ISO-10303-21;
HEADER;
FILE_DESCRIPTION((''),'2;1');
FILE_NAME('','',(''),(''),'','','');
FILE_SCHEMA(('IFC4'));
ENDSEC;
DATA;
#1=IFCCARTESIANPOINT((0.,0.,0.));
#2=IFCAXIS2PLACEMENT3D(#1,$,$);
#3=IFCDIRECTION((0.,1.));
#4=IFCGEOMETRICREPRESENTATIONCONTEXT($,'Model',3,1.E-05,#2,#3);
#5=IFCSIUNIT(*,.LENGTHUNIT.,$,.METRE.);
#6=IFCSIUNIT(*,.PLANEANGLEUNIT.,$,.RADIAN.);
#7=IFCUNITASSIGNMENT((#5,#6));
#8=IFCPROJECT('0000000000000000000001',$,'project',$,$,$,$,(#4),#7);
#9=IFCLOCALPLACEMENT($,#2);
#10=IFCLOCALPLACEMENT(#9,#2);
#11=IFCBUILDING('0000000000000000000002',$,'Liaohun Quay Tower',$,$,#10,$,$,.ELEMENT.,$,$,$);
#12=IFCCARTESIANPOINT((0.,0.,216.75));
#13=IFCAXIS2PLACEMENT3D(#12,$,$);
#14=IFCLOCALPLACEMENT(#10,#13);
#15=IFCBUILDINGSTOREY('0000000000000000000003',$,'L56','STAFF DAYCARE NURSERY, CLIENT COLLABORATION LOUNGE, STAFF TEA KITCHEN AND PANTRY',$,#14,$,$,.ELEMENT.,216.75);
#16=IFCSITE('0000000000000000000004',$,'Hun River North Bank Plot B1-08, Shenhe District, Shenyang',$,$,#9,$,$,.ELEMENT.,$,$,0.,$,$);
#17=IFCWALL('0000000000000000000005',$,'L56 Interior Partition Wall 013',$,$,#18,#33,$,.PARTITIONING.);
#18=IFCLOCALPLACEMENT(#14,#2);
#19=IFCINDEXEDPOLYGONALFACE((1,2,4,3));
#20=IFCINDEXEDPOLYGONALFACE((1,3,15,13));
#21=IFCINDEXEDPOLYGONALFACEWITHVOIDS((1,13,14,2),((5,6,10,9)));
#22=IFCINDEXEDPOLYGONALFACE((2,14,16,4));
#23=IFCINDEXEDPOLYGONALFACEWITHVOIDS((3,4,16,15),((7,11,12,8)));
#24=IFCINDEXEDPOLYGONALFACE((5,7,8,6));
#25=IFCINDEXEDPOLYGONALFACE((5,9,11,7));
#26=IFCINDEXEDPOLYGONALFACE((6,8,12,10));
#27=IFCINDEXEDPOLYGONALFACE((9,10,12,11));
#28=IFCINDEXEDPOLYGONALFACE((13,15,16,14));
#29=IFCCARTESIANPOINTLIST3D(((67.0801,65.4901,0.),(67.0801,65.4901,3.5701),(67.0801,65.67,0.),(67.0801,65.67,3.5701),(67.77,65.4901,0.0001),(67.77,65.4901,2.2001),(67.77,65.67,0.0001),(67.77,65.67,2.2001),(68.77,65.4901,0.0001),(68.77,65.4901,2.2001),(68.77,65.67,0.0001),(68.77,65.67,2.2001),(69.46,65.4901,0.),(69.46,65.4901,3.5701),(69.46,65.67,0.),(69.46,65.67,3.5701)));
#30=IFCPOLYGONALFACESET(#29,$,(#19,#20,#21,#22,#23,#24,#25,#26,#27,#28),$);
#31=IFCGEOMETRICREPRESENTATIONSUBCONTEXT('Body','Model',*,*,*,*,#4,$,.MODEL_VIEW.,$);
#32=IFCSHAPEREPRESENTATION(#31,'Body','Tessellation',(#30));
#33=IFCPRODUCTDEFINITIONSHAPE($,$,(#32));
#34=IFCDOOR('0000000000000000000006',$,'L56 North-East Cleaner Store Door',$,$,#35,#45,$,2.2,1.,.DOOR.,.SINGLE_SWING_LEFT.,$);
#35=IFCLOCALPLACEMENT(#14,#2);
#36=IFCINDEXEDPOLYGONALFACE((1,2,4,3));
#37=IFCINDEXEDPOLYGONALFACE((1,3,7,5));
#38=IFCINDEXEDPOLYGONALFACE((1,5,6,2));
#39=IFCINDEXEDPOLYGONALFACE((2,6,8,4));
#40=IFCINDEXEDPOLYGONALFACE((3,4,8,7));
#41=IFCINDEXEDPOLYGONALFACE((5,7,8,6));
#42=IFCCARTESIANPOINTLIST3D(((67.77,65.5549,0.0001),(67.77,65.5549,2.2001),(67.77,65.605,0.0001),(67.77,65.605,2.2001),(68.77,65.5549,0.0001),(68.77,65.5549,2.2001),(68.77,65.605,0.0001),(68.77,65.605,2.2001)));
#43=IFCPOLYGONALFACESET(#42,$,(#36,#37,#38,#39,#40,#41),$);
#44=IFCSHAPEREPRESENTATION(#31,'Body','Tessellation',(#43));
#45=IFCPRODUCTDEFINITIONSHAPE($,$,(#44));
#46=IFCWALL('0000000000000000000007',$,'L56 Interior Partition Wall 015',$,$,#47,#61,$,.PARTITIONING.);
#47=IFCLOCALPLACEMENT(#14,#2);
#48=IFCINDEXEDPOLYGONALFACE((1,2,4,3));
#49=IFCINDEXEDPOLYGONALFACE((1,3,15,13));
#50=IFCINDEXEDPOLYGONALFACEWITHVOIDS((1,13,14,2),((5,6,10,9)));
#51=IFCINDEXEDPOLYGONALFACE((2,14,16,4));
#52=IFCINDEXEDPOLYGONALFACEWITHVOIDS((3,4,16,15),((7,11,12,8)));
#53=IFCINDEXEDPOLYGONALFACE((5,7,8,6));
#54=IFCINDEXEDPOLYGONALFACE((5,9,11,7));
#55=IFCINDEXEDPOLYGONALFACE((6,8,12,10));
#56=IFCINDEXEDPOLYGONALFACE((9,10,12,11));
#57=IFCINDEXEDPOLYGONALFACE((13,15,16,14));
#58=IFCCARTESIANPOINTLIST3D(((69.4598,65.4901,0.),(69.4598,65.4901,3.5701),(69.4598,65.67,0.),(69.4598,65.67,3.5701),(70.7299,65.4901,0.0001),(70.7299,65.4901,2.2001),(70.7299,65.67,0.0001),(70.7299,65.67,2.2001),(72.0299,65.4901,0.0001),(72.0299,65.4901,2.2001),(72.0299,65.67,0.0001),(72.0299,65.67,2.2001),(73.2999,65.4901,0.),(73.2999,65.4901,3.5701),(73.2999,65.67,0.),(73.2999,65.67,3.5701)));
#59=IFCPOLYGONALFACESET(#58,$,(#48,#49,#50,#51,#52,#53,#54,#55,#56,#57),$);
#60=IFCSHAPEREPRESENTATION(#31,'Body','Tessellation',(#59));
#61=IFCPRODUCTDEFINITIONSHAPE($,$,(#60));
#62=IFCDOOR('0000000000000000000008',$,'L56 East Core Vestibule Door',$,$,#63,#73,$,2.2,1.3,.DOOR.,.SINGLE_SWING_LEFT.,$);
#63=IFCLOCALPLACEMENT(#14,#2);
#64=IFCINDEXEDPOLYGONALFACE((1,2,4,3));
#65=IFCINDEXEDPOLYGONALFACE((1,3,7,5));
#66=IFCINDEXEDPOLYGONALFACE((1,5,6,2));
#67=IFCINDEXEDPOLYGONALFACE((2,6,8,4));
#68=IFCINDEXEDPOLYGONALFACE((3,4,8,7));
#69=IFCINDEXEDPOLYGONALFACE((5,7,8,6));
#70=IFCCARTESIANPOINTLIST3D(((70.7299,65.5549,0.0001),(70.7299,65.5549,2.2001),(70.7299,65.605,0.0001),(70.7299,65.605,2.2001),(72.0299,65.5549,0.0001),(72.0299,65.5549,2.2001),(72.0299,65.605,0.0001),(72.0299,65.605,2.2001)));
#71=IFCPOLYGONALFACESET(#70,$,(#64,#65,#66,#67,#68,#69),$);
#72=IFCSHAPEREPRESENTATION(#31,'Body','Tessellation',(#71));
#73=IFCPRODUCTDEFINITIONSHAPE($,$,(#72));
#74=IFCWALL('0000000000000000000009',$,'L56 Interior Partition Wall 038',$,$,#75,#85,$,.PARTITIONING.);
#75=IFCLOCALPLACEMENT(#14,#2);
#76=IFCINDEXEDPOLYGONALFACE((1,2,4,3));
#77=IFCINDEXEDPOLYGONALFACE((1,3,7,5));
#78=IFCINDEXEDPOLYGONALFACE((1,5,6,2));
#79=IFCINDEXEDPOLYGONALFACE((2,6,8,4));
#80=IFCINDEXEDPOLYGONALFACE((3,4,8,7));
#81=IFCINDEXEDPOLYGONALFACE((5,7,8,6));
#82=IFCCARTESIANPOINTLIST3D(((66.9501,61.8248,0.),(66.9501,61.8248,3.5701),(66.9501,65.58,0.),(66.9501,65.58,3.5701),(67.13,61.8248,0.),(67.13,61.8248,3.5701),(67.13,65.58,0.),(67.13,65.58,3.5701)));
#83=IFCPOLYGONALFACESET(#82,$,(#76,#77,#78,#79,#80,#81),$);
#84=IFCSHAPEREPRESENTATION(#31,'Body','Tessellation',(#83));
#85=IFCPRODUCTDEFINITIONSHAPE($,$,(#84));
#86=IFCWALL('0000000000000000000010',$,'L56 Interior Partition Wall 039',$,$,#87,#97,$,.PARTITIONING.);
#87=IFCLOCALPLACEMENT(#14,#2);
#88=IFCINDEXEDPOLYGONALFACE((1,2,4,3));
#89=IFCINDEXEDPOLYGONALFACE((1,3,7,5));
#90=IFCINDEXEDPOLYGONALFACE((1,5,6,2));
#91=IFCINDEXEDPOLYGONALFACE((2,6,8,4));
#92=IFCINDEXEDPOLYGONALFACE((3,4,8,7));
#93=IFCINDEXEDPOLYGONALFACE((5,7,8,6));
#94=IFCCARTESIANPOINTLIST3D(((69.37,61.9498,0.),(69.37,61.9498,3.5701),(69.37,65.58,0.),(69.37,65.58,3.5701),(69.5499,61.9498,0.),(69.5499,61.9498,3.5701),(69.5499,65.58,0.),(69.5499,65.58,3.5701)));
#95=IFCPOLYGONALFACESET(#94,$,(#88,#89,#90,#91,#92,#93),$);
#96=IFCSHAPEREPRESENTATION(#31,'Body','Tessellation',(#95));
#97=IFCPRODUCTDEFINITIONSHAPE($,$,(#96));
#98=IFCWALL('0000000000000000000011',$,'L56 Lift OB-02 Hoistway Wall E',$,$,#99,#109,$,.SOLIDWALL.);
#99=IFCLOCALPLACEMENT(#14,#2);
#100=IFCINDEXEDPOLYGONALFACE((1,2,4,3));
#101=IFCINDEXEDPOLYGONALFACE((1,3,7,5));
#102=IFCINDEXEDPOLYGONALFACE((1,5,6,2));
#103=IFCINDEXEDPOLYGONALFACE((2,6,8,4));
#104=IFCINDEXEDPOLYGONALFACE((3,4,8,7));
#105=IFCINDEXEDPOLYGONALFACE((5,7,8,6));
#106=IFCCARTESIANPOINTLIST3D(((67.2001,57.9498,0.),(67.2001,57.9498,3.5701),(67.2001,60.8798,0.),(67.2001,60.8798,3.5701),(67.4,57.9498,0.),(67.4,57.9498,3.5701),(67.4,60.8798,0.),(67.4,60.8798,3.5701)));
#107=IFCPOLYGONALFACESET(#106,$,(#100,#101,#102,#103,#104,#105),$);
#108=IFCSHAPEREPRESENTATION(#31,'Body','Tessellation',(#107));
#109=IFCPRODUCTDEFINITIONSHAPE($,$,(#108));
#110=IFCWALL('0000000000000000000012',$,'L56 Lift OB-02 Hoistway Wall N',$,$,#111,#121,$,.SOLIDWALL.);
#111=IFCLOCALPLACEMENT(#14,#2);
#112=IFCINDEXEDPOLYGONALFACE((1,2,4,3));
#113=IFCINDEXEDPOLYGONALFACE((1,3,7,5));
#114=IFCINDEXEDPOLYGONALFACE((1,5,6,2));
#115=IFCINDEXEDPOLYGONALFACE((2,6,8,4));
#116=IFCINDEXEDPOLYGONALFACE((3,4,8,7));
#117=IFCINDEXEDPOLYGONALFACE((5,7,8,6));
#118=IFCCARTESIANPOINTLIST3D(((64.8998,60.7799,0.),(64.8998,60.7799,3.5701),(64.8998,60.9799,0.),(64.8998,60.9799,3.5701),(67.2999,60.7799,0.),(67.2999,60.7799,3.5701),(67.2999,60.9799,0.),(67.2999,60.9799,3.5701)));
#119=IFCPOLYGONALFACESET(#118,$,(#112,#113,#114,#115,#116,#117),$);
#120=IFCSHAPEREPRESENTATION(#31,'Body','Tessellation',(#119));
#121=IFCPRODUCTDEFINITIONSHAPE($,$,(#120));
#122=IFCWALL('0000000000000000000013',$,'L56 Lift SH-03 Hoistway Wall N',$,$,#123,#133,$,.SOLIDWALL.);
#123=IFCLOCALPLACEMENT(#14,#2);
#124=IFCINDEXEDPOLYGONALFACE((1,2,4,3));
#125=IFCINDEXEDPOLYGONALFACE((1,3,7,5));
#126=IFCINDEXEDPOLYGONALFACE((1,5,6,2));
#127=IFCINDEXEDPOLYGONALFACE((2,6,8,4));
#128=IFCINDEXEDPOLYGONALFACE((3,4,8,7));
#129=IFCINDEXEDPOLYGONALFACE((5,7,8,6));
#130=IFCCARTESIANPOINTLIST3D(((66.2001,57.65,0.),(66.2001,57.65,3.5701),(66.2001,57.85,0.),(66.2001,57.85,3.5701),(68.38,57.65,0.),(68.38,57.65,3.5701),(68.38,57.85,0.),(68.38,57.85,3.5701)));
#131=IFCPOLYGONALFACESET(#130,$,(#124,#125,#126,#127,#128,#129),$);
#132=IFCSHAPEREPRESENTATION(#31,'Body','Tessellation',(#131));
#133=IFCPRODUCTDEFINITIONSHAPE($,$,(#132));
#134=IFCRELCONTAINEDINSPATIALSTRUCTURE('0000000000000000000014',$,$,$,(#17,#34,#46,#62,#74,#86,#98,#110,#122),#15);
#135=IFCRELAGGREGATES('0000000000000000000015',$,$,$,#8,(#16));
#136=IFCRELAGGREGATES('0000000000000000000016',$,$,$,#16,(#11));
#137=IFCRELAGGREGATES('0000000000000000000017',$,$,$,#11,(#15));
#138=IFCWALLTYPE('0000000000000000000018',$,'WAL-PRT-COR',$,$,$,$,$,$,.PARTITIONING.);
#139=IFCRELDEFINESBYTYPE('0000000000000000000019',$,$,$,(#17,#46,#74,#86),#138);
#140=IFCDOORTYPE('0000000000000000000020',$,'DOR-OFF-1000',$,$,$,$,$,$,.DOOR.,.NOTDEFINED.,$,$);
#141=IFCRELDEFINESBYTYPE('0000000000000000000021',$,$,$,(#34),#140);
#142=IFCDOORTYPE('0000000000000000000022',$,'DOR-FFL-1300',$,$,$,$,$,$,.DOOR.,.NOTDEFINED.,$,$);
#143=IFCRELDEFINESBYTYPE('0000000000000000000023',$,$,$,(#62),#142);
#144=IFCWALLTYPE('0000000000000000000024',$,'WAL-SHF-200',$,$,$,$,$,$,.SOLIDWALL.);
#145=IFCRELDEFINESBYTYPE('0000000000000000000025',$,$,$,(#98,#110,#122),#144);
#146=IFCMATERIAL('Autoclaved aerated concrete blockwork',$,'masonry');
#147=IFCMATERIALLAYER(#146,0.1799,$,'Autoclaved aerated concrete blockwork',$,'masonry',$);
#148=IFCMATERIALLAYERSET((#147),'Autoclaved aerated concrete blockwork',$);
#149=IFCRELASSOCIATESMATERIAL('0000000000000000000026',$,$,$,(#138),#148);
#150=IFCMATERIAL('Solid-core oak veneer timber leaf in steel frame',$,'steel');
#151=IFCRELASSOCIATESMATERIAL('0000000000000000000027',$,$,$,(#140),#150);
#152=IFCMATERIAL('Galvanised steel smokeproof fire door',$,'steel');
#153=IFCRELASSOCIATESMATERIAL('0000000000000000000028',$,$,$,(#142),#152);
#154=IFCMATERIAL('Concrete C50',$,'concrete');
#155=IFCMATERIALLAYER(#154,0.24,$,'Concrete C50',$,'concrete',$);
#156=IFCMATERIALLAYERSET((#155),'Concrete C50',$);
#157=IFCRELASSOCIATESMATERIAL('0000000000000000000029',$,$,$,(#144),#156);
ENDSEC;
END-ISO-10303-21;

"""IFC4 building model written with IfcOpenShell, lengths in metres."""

from ifc_helpers import new_model, si_unit, direction, frame, frame_2d, origin, place, context, subcontext, project, spatial, rectangle, extrude, source, transform, mapped, material, layer, layer_set, type_object, element, fill, save


model = new_model("IFC4")

# Units and contexts
model_context = context("Model", 3, precision=1e-05, world=origin(), true_north=direction((0.0, 1.0)))
body_context = subcontext(model_context, "Body", "Model", "MODEL_VIEW")
ifc_project = project(units=[si_unit("LENGTHUNIT", "METRE"), si_unit("PLANEANGLEUNIT", "RADIAN")], contexts=[model_context])

# Site, building, storey
site_placement = place(None, origin())
site = spatial("IfcSite", under=ifc_project, at=site_placement, Name="Hun River North Bank Plot B1-08, Shenhe District, Shenyang", CompositionType="ELEMENT", RefElevation=0.0)
building_placement = place(site_placement, origin())
building = spatial("IfcBuilding", under=site, at=building_placement, Name="Liaohun Quay Tower", CompositionType="ELEMENT")
storey_placement = place(building_placement, frame((0.0, 0.0, 216.75)))
storey = spatial("IfcBuildingStorey", under=building, at=storey_placement, Name="L56", Description="STAFF DAYCARE NURSERY, CLIENT COLLABORATION LOUNGE, STAFF TEA KITCHEN AND PANTRY", CompositionType="ELEMENT", Elevation=216.75)

# Walls, openings, doors
ifc_material_1 = material(Name="Autoclaved aerated concrete blockwork", Category="masonry")
ifc_layer_1 = layer(ifc_material_1, 0.1799, Name="Autoclaved aerated concrete blockwork", Category="masonry")
ifc_layer_set_1 = layer_set([ifc_layer_1], Name="Autoclaved aerated concrete blockwork")
wall_type_1 = type_object("IfcWallType", Name="WAL-PRT-COR", PredefinedType="PARTITIONING", material=ifc_layer_set_1)
wall_1_placement = place(storey_placement, frame((67.0801, 65.5801, 0.0), z_axis=(0.0, 0.0, 1.0), x_axis=(1.0, 0.0, 0.0)))
wall_1 = element("IfcWall", 1, at=wall_1_placement, inside=storey, type_object=wall_type_1, Name="L56 Interior Partition Wall 013", PredefinedType="PARTITIONING", context=body_context, shape_type="SweptSolid", body=[
    extrude(rectangle(XDim=2.3799, YDim=0.1799, at=frame_2d((1.1899, 0.0))), origin(), (0.0, 0.0, 1.0), 3.5701),
])
shared_shape_1 = source(origin(), body_context, "Body", "SweptSolid", [
    extrude(rectangle(XDim=1.0, YDim=2.2, at=frame_2d((0.5, 1.1001))), frame((0.0, 0.0999, 0.0), z_axis=(0.0, -1.0, 0.0), x_axis=(1.0, 0.0, 0.0)), (0.0, 0.0, 1.0), 0.2),
])
opening_1_placement = place(wall_1_placement, frame((0.6899, 0.0, 0.0)))
opening_1 = element("IfcOpeningElement", 2, at=opening_1_placement, cuts=wall_1, PredefinedType="OPENING", context=body_context, shape_type="MappedRepresentation", body=[
    mapped(shared_shape_1, transform((0.0, 0.0, 0.0), x_axis=(1.0, 0.0, 0.0), y_axis=(0.0, 1.0, 0.0), z_axis=(0.0, 0.0, 1.0), scale=1.0)),
])
ifc_material_2 = material(Name="Solid-core oak veneer timber leaf in steel frame", Category="steel")
door_type_1 = type_object("IfcDoorType", Name="DOR-OFF-1000", OperationType="NOTDEFINED", PredefinedType="DOOR", material=ifc_material_2)
shared_shape_2 = source(origin(), body_context, "Body", "SweptSolid", [
    extrude(rectangle(XDim=1.0, YDim=2.2, at=frame_2d((0.5, 1.1001))), frame((0.0, 0.0249, 0.0), z_axis=(0.0, -1.0, 0.0), x_axis=(1.0, 0.0, 0.0)), (0.0, 0.0, 1.0), 0.05),
])
door_1_placement = place(opening_1_placement, origin())
door_1 = element("IfcDoor", 3, at=door_1_placement, inside=storey, type_object=door_type_1, Name="L56 North-East Cleaner Store Door", OperationType="SINGLE_SWING_LEFT", OverallHeight=2.2, OverallWidth=1.0, PredefinedType="DOOR", context=body_context, shape_type="MappedRepresentation", body=[
    mapped(shared_shape_2, transform((0.0, 0.0, 0.0), x_axis=(1.0, 0.0, 0.0), y_axis=(0.0, 1.0, 0.0), z_axis=(0.0, 0.0, 1.0), scale=1.0)),
])
fill(opening_1, door_1)
wall_2_placement = place(storey_placement, frame((69.46, 65.5801, 0.0), z_axis=(0.0, 0.0, 1.0), x_axis=(1.0, 0.0, 0.0)))
wall_2 = element("IfcWall", 4, at=wall_2_placement, inside=storey, type_object=wall_type_1, Name="L56 Interior Partition Wall 015", PredefinedType="PARTITIONING", context=body_context, shape_type="SweptSolid", body=[
    extrude(rectangle(XDim=3.8401, YDim=0.1799, at=frame_2d((1.9199, 0.0))), origin(), (0.0, 0.0, 1.0), 3.5701),
])
shared_shape_3 = source(origin(), body_context, "Body", "SweptSolid", [
    extrude(rectangle(XDim=1.3, YDim=2.2, at=frame_2d((0.6499, 1.1001))), frame((0.0, 0.0999, 0.0), z_axis=(0.0, -1.0, 0.0), x_axis=(1.0, 0.0, 0.0)), (0.0, 0.0, 1.0), 0.2),
])
opening_2_placement = place(wall_2_placement, frame((1.27, 0.0, 0.0)))
opening_2 = element("IfcOpeningElement", 5, at=opening_2_placement, cuts=wall_2, PredefinedType="OPENING", context=body_context, shape_type="MappedRepresentation", body=[
    mapped(shared_shape_3, transform((0.0, 0.0, 0.0), x_axis=(1.0, 0.0, 0.0), y_axis=(0.0, 1.0, 0.0), z_axis=(0.0, 0.0, 1.0), scale=1.0)),
])
ifc_material_3 = material(Name="Galvanised steel smokeproof fire door", Category="steel")
door_type_2 = type_object("IfcDoorType", Name="DOR-FFL-1300", OperationType="NOTDEFINED", PredefinedType="DOOR", material=ifc_material_3)
shared_shape_4 = source(origin(), body_context, "Body", "SweptSolid", [
    extrude(rectangle(XDim=1.3, YDim=2.2, at=frame_2d((0.6499, 1.1001))), frame((0.0, 0.0249, 0.0), z_axis=(0.0, -1.0, 0.0), x_axis=(1.0, 0.0, 0.0)), (0.0, 0.0, 1.0), 0.05),
])
door_2_placement = place(opening_2_placement, origin())
door_2 = element("IfcDoor", 6, at=door_2_placement, inside=storey, type_object=door_type_2, Name="L56 East Core Vestibule Door", OperationType="SINGLE_SWING_LEFT", OverallHeight=2.2, OverallWidth=1.3, PredefinedType="DOOR", context=body_context, shape_type="MappedRepresentation", body=[
    mapped(shared_shape_4, transform((0.0, 0.0, 0.0), x_axis=(1.0, 0.0, 0.0), y_axis=(0.0, 1.0, 0.0), z_axis=(0.0, 0.0, 1.0), scale=1.0)),
])
fill(opening_2, door_2)

# Walls
wall_3_placement = place(storey_placement, frame((67.04, 61.825, 0.0), z_axis=(0.0, 0.0, 1.0), x_axis=(0.0, 1.0, 0.0)))
element("IfcWall", 7, at=wall_3_placement, inside=storey, type_object=wall_type_1, Name="L56 Interior Partition Wall 038", PredefinedType="PARTITIONING", context=body_context, shape_type="SweptSolid", body=[
    extrude(rectangle(XDim=3.7551, YDim=0.1799, at=frame_2d((1.8774, 0.0))), origin(), (0.0, 0.0, 1.0), 3.5701),
])
wall_4_placement = place(storey_placement, frame((69.46, 61.95, 0.0), z_axis=(0.0, 0.0, 1.0), x_axis=(0.0, 1.0, 0.0)))
element("IfcWall", 8, at=wall_4_placement, inside=storey, type_object=wall_type_1, Name="L56 Interior Partition Wall 039", PredefinedType="PARTITIONING", context=body_context, shape_type="SweptSolid", body=[
    extrude(rectangle(XDim=3.6301, YDim=0.1799, at=frame_2d((1.8149, 0.0))), origin(), (0.0, 0.0, 1.0), 3.5701),
])
ifc_material_4 = material(Name="Concrete C50", Category="concrete")
ifc_layer_2 = layer(ifc_material_4, 0.24, Name="Concrete C50", Category="concrete")
ifc_layer_set_2 = layer_set([ifc_layer_2], Name="Concrete C50")
wall_type_2 = type_object("IfcWallType", Name="WAL-SHF-200", PredefinedType="SOLIDWALL", material=ifc_layer_set_2)
wall_5_placement = place(storey_placement, frame((67.3, 57.95, 0.0), z_axis=(0.0, 0.0, 1.0), x_axis=(0.0, 1.0, 0.0)))
element("IfcWall", 9, at=wall_5_placement, inside=storey, type_object=wall_type_2, Name="L56 Lift OB-02 Hoistway Wall E", PredefinedType="SOLIDWALL", context=body_context, shape_type="SweptSolid", body=[
    extrude(rectangle(XDim=2.9299, YDim=0.2, at=frame_2d((1.4648, 0.0))), origin(), (0.0, 0.0, 1.0), 3.5701),
])
wall_6_placement = place(storey_placement, frame((67.3, 60.8799, 0.0), z_axis=(0.0, 0.0, 1.0), x_axis=(-1.0, 0.0, 0.0)))
element("IfcWall", 10, at=wall_6_placement, inside=storey, type_object=wall_type_2, Name="L56 Lift OB-02 Hoistway Wall N", PredefinedType="SOLIDWALL", context=body_context, shape_type="SweptSolid", body=[
    extrude(rectangle(XDim=2.4001, YDim=0.2, at=frame_2d((1.2002, 0.0))), origin(), (0.0, 0.0, 1.0), 3.5701),
])
wall_7_placement = place(storey_placement, frame((68.3799, 57.75, 0.0), z_axis=(0.0, 0.0, 1.0), x_axis=(-1.0, 0.0, 0.0)))
element("IfcWall", 11, at=wall_7_placement, inside=storey, type_object=wall_type_2, Name="L56 Lift SH-03 Hoistway Wall N", PredefinedType="SOLIDWALL", context=body_context, shape_type="SweptSolid", body=[
    extrude(rectangle(XDim=2.1799, YDim=0.2, at=frame_2d((1.0898, 0.0))), origin(), (0.0, 0.0, 1.0), 3.5701),
])

save(model, "model.ifc")
